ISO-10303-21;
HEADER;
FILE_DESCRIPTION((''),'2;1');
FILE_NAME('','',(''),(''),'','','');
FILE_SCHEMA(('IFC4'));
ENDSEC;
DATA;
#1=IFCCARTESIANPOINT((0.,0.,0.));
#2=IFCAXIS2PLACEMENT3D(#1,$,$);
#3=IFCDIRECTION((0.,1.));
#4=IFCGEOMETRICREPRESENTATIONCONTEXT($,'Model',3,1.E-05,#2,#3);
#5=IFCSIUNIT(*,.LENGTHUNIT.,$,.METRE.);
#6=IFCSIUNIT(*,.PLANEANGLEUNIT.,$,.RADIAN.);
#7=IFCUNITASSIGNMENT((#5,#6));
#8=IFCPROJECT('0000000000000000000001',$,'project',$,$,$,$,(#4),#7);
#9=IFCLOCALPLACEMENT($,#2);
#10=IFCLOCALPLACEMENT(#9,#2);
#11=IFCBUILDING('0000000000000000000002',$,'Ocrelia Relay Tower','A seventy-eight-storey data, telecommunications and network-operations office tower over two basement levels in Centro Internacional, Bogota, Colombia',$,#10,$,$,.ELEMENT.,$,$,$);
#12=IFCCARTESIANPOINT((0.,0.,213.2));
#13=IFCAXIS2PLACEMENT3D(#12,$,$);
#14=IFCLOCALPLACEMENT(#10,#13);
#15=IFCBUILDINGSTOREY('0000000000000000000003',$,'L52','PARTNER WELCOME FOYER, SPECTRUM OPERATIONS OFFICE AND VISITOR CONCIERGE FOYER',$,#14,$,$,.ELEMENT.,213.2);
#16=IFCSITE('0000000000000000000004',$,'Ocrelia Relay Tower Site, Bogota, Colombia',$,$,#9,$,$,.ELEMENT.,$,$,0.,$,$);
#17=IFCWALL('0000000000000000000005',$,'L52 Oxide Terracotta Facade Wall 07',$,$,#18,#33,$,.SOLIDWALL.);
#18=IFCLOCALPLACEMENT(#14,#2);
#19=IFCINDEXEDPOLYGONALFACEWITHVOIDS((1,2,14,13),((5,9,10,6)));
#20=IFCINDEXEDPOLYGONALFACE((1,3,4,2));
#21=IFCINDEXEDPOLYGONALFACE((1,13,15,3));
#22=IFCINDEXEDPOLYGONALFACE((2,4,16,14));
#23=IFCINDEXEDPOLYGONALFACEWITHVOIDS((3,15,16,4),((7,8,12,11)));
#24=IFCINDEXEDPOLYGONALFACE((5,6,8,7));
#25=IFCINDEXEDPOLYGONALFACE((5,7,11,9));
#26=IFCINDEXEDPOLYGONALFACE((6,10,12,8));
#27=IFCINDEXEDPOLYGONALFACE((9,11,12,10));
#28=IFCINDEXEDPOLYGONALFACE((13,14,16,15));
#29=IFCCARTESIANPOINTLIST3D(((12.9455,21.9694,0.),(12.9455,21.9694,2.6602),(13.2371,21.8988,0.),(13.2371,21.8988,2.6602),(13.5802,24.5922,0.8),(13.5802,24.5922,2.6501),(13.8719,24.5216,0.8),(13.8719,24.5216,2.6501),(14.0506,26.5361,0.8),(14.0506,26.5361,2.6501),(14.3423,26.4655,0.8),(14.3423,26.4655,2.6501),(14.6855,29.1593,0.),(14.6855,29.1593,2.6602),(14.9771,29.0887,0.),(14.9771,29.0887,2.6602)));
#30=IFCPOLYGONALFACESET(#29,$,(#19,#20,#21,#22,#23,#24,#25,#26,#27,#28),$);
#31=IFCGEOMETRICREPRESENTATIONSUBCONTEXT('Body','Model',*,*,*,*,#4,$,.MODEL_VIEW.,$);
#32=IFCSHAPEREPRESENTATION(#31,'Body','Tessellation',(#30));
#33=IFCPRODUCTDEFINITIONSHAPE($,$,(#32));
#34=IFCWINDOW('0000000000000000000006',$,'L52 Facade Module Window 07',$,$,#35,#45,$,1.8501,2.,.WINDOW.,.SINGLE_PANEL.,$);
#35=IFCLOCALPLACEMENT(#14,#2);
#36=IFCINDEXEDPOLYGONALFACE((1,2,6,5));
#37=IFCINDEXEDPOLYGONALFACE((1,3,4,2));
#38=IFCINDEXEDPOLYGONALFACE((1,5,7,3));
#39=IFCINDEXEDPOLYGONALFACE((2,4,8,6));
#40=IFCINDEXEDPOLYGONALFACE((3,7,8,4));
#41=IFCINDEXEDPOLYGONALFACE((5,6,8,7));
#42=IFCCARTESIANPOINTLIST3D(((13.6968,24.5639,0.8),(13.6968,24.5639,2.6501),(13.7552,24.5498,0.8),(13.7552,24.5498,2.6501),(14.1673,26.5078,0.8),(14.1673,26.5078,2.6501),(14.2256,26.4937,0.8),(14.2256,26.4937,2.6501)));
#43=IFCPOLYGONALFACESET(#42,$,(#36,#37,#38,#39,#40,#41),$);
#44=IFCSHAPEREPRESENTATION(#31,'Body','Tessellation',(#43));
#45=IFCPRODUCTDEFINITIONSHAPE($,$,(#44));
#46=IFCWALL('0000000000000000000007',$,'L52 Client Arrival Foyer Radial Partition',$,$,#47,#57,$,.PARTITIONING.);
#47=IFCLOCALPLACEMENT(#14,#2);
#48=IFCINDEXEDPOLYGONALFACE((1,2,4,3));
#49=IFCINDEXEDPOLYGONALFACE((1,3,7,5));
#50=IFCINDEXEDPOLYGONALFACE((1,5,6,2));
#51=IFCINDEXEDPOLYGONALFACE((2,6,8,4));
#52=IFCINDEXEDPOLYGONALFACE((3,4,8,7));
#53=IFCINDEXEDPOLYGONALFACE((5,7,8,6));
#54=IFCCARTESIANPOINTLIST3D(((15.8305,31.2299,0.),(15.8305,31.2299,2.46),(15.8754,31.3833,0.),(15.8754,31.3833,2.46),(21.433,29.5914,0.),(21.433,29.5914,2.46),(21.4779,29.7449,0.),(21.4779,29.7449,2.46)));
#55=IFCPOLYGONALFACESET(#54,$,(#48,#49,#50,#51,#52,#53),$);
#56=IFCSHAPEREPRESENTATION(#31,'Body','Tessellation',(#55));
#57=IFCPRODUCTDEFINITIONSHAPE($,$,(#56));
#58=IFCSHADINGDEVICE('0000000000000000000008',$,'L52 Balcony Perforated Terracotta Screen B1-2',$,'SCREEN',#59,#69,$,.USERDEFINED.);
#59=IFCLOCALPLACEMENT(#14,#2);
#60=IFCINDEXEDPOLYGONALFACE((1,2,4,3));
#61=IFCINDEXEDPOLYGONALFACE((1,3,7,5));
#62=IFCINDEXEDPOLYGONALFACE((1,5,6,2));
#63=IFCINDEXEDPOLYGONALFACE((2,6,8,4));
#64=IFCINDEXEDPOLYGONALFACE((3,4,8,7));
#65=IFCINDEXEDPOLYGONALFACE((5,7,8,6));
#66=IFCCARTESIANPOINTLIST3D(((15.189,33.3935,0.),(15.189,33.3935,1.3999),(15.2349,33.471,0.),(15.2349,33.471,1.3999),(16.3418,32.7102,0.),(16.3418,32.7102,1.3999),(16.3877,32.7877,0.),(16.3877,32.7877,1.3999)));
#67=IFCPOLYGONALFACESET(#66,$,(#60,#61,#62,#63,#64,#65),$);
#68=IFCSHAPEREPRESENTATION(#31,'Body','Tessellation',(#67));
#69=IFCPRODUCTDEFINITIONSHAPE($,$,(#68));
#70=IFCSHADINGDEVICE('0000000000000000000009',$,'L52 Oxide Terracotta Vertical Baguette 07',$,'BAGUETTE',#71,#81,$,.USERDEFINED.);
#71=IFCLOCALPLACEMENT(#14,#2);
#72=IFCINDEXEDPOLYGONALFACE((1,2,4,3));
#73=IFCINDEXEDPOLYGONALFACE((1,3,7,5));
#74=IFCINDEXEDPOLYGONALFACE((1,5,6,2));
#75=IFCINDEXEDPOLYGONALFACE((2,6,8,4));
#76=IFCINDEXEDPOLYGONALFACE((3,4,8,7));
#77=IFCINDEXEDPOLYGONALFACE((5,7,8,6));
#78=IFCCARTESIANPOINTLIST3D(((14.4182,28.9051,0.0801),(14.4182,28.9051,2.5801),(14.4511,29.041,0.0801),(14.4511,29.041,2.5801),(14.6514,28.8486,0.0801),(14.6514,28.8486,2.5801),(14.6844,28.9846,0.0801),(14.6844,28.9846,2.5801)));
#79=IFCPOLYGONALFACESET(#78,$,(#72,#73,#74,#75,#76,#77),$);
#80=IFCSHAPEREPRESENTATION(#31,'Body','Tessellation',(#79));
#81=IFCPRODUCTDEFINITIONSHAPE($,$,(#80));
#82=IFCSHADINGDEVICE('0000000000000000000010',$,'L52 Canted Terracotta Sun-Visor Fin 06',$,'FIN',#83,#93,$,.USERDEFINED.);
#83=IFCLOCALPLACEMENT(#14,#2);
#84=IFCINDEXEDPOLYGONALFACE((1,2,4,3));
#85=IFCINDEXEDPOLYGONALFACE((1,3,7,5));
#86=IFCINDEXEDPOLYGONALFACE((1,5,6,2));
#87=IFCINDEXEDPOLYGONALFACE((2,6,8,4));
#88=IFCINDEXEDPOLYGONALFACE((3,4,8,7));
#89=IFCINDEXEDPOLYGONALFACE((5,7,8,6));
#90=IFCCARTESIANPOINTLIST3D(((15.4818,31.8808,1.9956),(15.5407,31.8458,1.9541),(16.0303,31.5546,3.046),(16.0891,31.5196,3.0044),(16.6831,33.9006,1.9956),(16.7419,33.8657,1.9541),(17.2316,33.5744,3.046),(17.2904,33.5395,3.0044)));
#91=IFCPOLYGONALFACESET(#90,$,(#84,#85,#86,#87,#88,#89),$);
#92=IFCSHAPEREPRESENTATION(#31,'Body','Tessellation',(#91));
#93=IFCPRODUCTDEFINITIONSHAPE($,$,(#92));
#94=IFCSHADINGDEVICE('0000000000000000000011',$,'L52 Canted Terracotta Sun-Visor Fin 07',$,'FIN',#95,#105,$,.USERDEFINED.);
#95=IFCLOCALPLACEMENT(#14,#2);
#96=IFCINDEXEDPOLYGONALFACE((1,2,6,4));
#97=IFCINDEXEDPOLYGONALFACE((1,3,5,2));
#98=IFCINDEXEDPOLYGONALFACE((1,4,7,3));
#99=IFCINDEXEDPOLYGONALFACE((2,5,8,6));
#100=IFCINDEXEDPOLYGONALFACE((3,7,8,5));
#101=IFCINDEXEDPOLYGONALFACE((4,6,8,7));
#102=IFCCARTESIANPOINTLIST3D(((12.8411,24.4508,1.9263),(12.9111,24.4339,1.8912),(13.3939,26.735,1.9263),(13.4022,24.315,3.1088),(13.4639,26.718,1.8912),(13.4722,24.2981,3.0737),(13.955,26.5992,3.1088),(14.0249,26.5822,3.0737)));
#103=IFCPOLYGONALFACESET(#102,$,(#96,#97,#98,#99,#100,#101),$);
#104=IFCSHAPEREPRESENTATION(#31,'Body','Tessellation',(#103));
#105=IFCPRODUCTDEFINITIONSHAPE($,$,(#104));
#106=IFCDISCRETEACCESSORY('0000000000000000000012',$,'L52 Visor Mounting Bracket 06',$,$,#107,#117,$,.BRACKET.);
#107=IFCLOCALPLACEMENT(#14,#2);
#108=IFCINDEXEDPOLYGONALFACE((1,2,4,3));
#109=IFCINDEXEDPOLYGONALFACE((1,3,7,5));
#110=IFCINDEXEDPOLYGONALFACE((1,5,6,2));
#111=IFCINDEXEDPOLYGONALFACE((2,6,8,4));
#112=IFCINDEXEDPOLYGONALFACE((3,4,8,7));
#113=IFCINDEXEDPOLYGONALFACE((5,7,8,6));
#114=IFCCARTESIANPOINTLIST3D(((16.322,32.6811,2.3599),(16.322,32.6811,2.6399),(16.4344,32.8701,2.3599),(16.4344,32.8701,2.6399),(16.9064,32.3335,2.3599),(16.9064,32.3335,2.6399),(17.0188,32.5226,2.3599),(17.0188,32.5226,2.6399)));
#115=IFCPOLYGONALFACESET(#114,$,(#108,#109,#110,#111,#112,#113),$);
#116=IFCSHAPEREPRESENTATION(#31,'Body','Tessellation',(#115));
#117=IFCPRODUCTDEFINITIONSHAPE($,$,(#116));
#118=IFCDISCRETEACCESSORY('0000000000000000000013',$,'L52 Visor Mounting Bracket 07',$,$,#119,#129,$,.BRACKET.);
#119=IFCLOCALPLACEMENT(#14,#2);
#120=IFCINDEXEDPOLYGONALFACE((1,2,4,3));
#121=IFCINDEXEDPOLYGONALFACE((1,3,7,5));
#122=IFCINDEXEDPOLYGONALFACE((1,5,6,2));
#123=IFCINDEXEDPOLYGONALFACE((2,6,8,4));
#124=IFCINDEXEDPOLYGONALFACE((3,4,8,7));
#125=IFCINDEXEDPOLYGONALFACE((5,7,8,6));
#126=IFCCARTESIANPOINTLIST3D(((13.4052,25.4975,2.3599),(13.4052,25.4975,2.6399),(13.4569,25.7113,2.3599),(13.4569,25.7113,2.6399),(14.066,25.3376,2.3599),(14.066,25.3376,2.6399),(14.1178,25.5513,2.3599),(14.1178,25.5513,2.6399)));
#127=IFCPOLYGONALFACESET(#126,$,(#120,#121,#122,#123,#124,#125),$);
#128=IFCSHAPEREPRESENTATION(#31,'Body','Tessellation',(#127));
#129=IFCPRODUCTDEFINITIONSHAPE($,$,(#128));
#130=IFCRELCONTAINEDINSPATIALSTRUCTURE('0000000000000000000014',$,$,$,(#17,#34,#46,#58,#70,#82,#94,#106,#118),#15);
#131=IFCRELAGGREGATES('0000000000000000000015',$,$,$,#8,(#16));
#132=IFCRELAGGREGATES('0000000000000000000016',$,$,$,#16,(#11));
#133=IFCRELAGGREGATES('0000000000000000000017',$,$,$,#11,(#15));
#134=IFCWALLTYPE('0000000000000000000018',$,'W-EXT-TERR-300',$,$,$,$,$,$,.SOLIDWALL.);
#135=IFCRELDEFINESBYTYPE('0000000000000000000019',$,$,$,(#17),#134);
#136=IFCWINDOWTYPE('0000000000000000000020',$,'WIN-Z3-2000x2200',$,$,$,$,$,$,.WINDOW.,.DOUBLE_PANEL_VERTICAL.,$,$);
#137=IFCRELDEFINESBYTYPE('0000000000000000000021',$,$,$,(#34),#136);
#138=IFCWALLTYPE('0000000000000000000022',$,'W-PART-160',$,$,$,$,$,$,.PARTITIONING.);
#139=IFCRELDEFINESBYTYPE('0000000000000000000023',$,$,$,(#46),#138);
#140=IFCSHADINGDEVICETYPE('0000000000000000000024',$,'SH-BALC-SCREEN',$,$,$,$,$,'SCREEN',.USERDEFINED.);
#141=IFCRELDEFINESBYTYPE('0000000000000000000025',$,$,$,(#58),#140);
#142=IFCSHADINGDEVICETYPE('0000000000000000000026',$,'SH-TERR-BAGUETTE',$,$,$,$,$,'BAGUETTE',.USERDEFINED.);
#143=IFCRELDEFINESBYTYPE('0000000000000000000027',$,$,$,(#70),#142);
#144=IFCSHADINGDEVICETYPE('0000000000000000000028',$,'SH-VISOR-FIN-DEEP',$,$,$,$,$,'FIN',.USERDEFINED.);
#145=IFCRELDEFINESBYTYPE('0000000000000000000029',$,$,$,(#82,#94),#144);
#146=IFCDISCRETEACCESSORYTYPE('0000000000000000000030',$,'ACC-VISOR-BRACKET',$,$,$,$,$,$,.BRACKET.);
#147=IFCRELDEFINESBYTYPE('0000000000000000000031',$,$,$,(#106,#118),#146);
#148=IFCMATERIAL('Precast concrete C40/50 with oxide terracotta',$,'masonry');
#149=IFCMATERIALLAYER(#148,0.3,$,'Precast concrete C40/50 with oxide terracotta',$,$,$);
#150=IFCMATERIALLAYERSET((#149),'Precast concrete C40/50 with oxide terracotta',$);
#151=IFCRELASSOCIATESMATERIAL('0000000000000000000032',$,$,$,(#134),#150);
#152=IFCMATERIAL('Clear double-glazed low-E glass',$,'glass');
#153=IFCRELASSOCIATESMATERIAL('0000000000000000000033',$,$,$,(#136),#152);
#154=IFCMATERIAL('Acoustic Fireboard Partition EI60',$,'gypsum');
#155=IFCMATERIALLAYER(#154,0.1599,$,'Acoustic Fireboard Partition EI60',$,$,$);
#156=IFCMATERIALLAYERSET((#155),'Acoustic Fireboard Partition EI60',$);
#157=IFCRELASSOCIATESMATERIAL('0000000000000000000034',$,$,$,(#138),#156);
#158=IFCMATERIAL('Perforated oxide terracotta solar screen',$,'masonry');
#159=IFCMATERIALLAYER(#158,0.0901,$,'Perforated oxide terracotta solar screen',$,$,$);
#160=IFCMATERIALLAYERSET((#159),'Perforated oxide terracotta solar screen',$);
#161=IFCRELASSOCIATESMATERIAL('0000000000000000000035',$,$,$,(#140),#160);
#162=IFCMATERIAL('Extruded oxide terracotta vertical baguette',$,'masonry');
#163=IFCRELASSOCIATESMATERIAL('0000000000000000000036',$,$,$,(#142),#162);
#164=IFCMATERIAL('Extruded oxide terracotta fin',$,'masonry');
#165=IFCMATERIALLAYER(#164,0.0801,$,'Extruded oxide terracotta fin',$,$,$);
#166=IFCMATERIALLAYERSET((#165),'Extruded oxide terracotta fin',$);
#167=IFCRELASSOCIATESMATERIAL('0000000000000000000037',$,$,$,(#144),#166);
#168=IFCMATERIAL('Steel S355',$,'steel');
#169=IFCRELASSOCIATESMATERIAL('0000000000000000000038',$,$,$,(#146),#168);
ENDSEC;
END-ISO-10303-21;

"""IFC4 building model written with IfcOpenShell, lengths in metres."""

from ifc_helpers import new_model, si_unit, direction, frame, frame_2d, origin, origin_2d, place, context, subcontext, project, spatial, rectangle, extrude, material, layer, layer_set, type_object, element, fill, save


model = new_model("IFC4")

# Units and contexts
model_context = context("Model", 3, precision=1e-05, world=origin(), true_north=direction((0.0, 1.0)))
body_context = subcontext(model_context, "Body", "Model", "MODEL_VIEW")
ifc_project = project(units=[si_unit("LENGTHUNIT", "METRE"), si_unit("PLANEANGLEUNIT", "RADIAN")], contexts=[model_context])

# Site, building, storey
site_placement = place(None, origin())
site = spatial("IfcSite", under=ifc_project, at=site_placement, Name="Ocrelia Relay Tower Site, Bogota, Colombia", CompositionType="ELEMENT", RefElevation=0.0)
building_placement = place(site_placement, origin())
building = spatial("IfcBuilding", under=site, at=building_placement, Name="Ocrelia Relay Tower", Description="A seventy-eight-storey data, telecommunications and network-operations office tower over two basement levels in Centro Internacional, Bogota, Colombia", CompositionType="ELEMENT")
storey_placement = place(building_placement, frame((0.0, 0.0, 213.2)))
storey = spatial("IfcBuildingStorey", under=building, at=storey_placement, Name="L52", Description="PARTNER WELCOME FOYER, SPECTRUM OPERATIONS OFFICE AND VISITOR CONCIERGE FOYER", CompositionType="ELEMENT", Elevation=213.2)

# Shared definitions
ifc_material_1 = material(Name="Steel S355", Category="steel")

# Wall, opening, window
ifc_material_2 = material(Name="Precast concrete C40/50 with oxide terracotta", Category="masonry")
ifc_layer_1 = layer(ifc_material_2, 0.3, Name="Precast concrete C40/50 with oxide terracotta")
ifc_layer_set_1 = layer_set([ifc_layer_1], Name="Precast concrete C40/50 with oxide terracotta")
wall_type_1 = type_object("IfcWallType", Name="W-EXT-TERR-300", PredefinedType="SOLIDWALL", material=ifc_layer_set_1)
wall_1_placement = place(storey_placement, frame((14.8313, 29.124, 0.0), z_axis=(0.0, 0.0, 1.0), x_axis=(-0.235214, -0.971944, 0.0)))
wall_1 = element("IfcWall", 1, at=wall_1_placement, inside=storey, type_object=wall_type_1, Name="L52 Oxide Terracotta Facade Wall 07", PredefinedType="SOLIDWALL", context=body_context, shape_type="SweptSolid", body=[
    extrude(rectangle(XDim=7.3975, YDim=0.3, at=frame_2d((3.6987, 0.0))), origin(), (0.0, 0.0, 1.0), 2.6602),
])
opening_placement = place(wall_1_placement, frame((2.699, 0.0, 0.8)))
opening = element("IfcOpeningElement", 2, at=opening_placement, cuts=wall_1, PredefinedType="OPENING", context=body_context, shape_type="SweptSolid", body=[
    extrude(rectangle(XDim=2.0, YDim=1.8501, at=frame_2d((1.0, 0.925))), frame((0.0, 0.1602, 0.0), z_axis=(0.0, -1.0, 0.0), x_axis=(1.0, 0.0, 0.0)), (0.0, 0.0, 1.0), 0.3201),
])
ifc_material_3 = material(Name="Clear double-glazed low-E glass", Category="glass")
window_type = type_object("IfcWindowType", Name="WIN-Z3-2000x2200", PartitioningType="DOUBLE_PANEL_VERTICAL", PredefinedType="WINDOW", material=ifc_material_3)
window_placement = place(opening_placement, origin())
window = element("IfcWindow", 3, at=window_placement, inside=storey, type_object=window_type, Name="L52 Facade Module Window 07", OverallHeight=1.8501, OverallWidth=2.0, PartitioningType="SINGLE_PANEL", PredefinedType="WINDOW", context=body_context, shape_type="SweptSolid", body=[
    extrude(rectangle(XDim=2.0, YDim=1.8501, at=frame_2d((1.0, 0.925))), frame((0.0, 0.03, 0.0), z_axis=(0.0, -1.0, 0.0), x_axis=(1.0, 0.0, 0.0)), (0.0, 0.0, 1.0), 0.0601),
])
fill(opening, window)

# Wall
ifc_material_4 = material(Name="Acoustic Fireboard Partition EI60", Category="gypsum")
ifc_layer_2 = layer(ifc_material_4, 0.1599, Name="Acoustic Fireboard Partition EI60")
ifc_layer_set_2 = layer_set([ifc_layer_2], Name="Acoustic Fireboard Partition EI60")
wall_type_2 = type_object("IfcWallType", Name="W-PART-160", PredefinedType="PARTITIONING", material=ifc_layer_set_2)
wall_2_placement = place(storey_placement, frame((21.4553, 29.6682, 0.0), z_axis=(0.0, 0.0, 1.0), x_axis=(-0.959799, 0.280687, 0.0)))
element("IfcWall", 4, at=wall_2_placement, inside=storey, type_object=wall_type_2, Name="L52 Client Arrival Foyer Radial Partition", PredefinedType="PARTITIONING", context=body_context, shape_type="SweptSolid", body=[
    extrude(rectangle(XDim=5.8372, YDim=0.1599, at=frame_2d((2.9185, 0.0))), origin(), (0.0, 0.0, 1.0), 2.46),
])

# Shading devices
ifc_material_5 = material(Name="Perforated oxide terracotta solar screen", Category="masonry")
ifc_layer_3 = layer(ifc_material_5, 0.0901, Name="Perforated oxide terracotta solar screen")
ifc_layer_set_3 = layer_set([ifc_layer_3], Name="Perforated oxide terracotta solar screen")
shading_device_type_1 = type_object("IfcShadingDeviceType", Name="SH-BALC-SCREEN", ElementType="SCREEN", PredefinedType="USERDEFINED", material=ifc_layer_set_3)
shading_device_1_placement = place(storey_placement, frame((15.7883, 33.0906, 0.0), z_axis=(0.0, 0.0, 1.0), x_axis=(-0.860241, 0.509887, 0.0)))
element("IfcShadingDevice", 5, at=shading_device_1_placement, inside=storey, type_object=shading_device_type_1, Name="L52 Balcony Perforated Terracotta Screen B1-2", ObjectType="SCREEN", PredefinedType="USERDEFINED", context=body_context, shape_type="SweptSolid", body=[
    extrude(rectangle(XDim=1.3401, YDim=0.0901, at=origin_2d()), origin(), (0.0, 0.0, 1.0), 1.3999),
])
ifc_material_6 = material(Name="Extruded oxide terracotta vertical baguette", Category="masonry")
shading_device_type_2 = type_object("IfcShadingDeviceType", Name="SH-TERR-BAGUETTE", ElementType="BAGUETTE", PredefinedType="USERDEFINED", material=ifc_material_6)
shading_device_2_placement = place(storey_placement, frame((14.5513, 28.9448, 0.0801), z_axis=(0.0, 0.0, 1.0), x_axis=(-0.235213, -0.971944, 0.0)))
element("IfcShadingDevice", 6, at=shading_device_2_placement, inside=storey, type_object=shading_device_type_2, Name="L52 Oxide Terracotta Vertical Baguette 07", ObjectType="BAGUETTE", PredefinedType="USERDEFINED", context=body_context, shape_type="SweptSolid", body=[
    extrude(rectangle(XDim=0.1399, YDim=0.24, at=origin_2d()), origin(), (0.0, 0.0, 1.0), 2.5),
])
ifc_material_7 = material(Name="Extruded oxide terracotta fin", Category="masonry")
ifc_layer_4 = layer(ifc_material_7, 0.0801, Name="Extruded oxide terracotta fin")
ifc_layer_set_4 = layer_set([ifc_layer_4], Name="Extruded oxide terracotta fin")
shading_device_type_3 = type_object("IfcShadingDeviceType", Name="SH-VISOR-FIN-DEEP", ElementType="FIN", PredefinedType="USERDEFINED", material=ifc_layer_set_4)
shading_device_3_placement = place(storey_placement, frame((16.4155, 32.6926, 2.4792), z_axis=(-0.734546, 0.436866, 0.519221), x_axis=(-0.511169, -0.85948, 0.0)))
element("IfcShadingDevice", 7, at=shading_device_3_placement, inside=storey, type_object=shading_device_type_3, Name="L52 Canted Terracotta Sun-Visor Fin 06", ObjectType="FIN", PredefinedType="USERDEFINED", context=body_context, shape_type="SweptSolid", body=[
    extrude(rectangle(XDim=2.3501, YDim=1.229, at=origin_2d()), origin(), (0.0, 0.0, 1.0), 0.0801),
])
shading_device_4_placement = place(storey_placement, frame((13.468, 25.5081, 2.4824), z_axis=(-0.873429, 0.211372, 0.438685), x_axis=(-0.235213, -0.971944, 0.0)))
element("IfcShadingDevice", 8, at=shading_device_4_placement, inside=storey, type_object=shading_device_type_3, Name="L52 Canted Terracotta Sun-Visor Fin 07", ObjectType="FIN", PredefinedType="USERDEFINED", context=body_context, shape_type="SweptSolid", body=[
    extrude(rectangle(XDim=2.3501, YDim=1.3159, at=origin_2d()), origin(), (0.0, 0.0, 1.0), 0.0801),
])

# Discrete accessories
discrete_accessory_type = type_object("IfcDiscreteAccessoryType", Name="ACC-VISOR-BRACKET", PredefinedType="BRACKET", material=ifc_material_1)
for number, where, z_axis, x_axis, name in (
    (9, (16.6704, 32.6018, 2.3599), (0.0, 0.0, 1.0), (-0.511169, -0.85948, 0.0), "L52 Visor Mounting Bracket 06"),
    (10, (13.7615, 25.5244, 2.3599), (0.0, 0.0, 1.0), (-0.235213, -0.971944, 0.0), "L52 Visor Mounting Bracket 07"),
):
    element("IfcDiscreteAccessory", number, at=place(storey_placement, frame(where, z_axis=z_axis, x_axis=x_axis)), inside=storey, type_object=discrete_accessory_type, Name=name, PredefinedType="BRACKET", context=body_context, shape_type="SweptSolid", body=[
        extrude(rectangle(XDim=0.22, YDim=0.6799, at=origin_2d()), origin(), (0.0, 0.0, 1.0), 0.28),
    ])

save(model, "model.ifc")
